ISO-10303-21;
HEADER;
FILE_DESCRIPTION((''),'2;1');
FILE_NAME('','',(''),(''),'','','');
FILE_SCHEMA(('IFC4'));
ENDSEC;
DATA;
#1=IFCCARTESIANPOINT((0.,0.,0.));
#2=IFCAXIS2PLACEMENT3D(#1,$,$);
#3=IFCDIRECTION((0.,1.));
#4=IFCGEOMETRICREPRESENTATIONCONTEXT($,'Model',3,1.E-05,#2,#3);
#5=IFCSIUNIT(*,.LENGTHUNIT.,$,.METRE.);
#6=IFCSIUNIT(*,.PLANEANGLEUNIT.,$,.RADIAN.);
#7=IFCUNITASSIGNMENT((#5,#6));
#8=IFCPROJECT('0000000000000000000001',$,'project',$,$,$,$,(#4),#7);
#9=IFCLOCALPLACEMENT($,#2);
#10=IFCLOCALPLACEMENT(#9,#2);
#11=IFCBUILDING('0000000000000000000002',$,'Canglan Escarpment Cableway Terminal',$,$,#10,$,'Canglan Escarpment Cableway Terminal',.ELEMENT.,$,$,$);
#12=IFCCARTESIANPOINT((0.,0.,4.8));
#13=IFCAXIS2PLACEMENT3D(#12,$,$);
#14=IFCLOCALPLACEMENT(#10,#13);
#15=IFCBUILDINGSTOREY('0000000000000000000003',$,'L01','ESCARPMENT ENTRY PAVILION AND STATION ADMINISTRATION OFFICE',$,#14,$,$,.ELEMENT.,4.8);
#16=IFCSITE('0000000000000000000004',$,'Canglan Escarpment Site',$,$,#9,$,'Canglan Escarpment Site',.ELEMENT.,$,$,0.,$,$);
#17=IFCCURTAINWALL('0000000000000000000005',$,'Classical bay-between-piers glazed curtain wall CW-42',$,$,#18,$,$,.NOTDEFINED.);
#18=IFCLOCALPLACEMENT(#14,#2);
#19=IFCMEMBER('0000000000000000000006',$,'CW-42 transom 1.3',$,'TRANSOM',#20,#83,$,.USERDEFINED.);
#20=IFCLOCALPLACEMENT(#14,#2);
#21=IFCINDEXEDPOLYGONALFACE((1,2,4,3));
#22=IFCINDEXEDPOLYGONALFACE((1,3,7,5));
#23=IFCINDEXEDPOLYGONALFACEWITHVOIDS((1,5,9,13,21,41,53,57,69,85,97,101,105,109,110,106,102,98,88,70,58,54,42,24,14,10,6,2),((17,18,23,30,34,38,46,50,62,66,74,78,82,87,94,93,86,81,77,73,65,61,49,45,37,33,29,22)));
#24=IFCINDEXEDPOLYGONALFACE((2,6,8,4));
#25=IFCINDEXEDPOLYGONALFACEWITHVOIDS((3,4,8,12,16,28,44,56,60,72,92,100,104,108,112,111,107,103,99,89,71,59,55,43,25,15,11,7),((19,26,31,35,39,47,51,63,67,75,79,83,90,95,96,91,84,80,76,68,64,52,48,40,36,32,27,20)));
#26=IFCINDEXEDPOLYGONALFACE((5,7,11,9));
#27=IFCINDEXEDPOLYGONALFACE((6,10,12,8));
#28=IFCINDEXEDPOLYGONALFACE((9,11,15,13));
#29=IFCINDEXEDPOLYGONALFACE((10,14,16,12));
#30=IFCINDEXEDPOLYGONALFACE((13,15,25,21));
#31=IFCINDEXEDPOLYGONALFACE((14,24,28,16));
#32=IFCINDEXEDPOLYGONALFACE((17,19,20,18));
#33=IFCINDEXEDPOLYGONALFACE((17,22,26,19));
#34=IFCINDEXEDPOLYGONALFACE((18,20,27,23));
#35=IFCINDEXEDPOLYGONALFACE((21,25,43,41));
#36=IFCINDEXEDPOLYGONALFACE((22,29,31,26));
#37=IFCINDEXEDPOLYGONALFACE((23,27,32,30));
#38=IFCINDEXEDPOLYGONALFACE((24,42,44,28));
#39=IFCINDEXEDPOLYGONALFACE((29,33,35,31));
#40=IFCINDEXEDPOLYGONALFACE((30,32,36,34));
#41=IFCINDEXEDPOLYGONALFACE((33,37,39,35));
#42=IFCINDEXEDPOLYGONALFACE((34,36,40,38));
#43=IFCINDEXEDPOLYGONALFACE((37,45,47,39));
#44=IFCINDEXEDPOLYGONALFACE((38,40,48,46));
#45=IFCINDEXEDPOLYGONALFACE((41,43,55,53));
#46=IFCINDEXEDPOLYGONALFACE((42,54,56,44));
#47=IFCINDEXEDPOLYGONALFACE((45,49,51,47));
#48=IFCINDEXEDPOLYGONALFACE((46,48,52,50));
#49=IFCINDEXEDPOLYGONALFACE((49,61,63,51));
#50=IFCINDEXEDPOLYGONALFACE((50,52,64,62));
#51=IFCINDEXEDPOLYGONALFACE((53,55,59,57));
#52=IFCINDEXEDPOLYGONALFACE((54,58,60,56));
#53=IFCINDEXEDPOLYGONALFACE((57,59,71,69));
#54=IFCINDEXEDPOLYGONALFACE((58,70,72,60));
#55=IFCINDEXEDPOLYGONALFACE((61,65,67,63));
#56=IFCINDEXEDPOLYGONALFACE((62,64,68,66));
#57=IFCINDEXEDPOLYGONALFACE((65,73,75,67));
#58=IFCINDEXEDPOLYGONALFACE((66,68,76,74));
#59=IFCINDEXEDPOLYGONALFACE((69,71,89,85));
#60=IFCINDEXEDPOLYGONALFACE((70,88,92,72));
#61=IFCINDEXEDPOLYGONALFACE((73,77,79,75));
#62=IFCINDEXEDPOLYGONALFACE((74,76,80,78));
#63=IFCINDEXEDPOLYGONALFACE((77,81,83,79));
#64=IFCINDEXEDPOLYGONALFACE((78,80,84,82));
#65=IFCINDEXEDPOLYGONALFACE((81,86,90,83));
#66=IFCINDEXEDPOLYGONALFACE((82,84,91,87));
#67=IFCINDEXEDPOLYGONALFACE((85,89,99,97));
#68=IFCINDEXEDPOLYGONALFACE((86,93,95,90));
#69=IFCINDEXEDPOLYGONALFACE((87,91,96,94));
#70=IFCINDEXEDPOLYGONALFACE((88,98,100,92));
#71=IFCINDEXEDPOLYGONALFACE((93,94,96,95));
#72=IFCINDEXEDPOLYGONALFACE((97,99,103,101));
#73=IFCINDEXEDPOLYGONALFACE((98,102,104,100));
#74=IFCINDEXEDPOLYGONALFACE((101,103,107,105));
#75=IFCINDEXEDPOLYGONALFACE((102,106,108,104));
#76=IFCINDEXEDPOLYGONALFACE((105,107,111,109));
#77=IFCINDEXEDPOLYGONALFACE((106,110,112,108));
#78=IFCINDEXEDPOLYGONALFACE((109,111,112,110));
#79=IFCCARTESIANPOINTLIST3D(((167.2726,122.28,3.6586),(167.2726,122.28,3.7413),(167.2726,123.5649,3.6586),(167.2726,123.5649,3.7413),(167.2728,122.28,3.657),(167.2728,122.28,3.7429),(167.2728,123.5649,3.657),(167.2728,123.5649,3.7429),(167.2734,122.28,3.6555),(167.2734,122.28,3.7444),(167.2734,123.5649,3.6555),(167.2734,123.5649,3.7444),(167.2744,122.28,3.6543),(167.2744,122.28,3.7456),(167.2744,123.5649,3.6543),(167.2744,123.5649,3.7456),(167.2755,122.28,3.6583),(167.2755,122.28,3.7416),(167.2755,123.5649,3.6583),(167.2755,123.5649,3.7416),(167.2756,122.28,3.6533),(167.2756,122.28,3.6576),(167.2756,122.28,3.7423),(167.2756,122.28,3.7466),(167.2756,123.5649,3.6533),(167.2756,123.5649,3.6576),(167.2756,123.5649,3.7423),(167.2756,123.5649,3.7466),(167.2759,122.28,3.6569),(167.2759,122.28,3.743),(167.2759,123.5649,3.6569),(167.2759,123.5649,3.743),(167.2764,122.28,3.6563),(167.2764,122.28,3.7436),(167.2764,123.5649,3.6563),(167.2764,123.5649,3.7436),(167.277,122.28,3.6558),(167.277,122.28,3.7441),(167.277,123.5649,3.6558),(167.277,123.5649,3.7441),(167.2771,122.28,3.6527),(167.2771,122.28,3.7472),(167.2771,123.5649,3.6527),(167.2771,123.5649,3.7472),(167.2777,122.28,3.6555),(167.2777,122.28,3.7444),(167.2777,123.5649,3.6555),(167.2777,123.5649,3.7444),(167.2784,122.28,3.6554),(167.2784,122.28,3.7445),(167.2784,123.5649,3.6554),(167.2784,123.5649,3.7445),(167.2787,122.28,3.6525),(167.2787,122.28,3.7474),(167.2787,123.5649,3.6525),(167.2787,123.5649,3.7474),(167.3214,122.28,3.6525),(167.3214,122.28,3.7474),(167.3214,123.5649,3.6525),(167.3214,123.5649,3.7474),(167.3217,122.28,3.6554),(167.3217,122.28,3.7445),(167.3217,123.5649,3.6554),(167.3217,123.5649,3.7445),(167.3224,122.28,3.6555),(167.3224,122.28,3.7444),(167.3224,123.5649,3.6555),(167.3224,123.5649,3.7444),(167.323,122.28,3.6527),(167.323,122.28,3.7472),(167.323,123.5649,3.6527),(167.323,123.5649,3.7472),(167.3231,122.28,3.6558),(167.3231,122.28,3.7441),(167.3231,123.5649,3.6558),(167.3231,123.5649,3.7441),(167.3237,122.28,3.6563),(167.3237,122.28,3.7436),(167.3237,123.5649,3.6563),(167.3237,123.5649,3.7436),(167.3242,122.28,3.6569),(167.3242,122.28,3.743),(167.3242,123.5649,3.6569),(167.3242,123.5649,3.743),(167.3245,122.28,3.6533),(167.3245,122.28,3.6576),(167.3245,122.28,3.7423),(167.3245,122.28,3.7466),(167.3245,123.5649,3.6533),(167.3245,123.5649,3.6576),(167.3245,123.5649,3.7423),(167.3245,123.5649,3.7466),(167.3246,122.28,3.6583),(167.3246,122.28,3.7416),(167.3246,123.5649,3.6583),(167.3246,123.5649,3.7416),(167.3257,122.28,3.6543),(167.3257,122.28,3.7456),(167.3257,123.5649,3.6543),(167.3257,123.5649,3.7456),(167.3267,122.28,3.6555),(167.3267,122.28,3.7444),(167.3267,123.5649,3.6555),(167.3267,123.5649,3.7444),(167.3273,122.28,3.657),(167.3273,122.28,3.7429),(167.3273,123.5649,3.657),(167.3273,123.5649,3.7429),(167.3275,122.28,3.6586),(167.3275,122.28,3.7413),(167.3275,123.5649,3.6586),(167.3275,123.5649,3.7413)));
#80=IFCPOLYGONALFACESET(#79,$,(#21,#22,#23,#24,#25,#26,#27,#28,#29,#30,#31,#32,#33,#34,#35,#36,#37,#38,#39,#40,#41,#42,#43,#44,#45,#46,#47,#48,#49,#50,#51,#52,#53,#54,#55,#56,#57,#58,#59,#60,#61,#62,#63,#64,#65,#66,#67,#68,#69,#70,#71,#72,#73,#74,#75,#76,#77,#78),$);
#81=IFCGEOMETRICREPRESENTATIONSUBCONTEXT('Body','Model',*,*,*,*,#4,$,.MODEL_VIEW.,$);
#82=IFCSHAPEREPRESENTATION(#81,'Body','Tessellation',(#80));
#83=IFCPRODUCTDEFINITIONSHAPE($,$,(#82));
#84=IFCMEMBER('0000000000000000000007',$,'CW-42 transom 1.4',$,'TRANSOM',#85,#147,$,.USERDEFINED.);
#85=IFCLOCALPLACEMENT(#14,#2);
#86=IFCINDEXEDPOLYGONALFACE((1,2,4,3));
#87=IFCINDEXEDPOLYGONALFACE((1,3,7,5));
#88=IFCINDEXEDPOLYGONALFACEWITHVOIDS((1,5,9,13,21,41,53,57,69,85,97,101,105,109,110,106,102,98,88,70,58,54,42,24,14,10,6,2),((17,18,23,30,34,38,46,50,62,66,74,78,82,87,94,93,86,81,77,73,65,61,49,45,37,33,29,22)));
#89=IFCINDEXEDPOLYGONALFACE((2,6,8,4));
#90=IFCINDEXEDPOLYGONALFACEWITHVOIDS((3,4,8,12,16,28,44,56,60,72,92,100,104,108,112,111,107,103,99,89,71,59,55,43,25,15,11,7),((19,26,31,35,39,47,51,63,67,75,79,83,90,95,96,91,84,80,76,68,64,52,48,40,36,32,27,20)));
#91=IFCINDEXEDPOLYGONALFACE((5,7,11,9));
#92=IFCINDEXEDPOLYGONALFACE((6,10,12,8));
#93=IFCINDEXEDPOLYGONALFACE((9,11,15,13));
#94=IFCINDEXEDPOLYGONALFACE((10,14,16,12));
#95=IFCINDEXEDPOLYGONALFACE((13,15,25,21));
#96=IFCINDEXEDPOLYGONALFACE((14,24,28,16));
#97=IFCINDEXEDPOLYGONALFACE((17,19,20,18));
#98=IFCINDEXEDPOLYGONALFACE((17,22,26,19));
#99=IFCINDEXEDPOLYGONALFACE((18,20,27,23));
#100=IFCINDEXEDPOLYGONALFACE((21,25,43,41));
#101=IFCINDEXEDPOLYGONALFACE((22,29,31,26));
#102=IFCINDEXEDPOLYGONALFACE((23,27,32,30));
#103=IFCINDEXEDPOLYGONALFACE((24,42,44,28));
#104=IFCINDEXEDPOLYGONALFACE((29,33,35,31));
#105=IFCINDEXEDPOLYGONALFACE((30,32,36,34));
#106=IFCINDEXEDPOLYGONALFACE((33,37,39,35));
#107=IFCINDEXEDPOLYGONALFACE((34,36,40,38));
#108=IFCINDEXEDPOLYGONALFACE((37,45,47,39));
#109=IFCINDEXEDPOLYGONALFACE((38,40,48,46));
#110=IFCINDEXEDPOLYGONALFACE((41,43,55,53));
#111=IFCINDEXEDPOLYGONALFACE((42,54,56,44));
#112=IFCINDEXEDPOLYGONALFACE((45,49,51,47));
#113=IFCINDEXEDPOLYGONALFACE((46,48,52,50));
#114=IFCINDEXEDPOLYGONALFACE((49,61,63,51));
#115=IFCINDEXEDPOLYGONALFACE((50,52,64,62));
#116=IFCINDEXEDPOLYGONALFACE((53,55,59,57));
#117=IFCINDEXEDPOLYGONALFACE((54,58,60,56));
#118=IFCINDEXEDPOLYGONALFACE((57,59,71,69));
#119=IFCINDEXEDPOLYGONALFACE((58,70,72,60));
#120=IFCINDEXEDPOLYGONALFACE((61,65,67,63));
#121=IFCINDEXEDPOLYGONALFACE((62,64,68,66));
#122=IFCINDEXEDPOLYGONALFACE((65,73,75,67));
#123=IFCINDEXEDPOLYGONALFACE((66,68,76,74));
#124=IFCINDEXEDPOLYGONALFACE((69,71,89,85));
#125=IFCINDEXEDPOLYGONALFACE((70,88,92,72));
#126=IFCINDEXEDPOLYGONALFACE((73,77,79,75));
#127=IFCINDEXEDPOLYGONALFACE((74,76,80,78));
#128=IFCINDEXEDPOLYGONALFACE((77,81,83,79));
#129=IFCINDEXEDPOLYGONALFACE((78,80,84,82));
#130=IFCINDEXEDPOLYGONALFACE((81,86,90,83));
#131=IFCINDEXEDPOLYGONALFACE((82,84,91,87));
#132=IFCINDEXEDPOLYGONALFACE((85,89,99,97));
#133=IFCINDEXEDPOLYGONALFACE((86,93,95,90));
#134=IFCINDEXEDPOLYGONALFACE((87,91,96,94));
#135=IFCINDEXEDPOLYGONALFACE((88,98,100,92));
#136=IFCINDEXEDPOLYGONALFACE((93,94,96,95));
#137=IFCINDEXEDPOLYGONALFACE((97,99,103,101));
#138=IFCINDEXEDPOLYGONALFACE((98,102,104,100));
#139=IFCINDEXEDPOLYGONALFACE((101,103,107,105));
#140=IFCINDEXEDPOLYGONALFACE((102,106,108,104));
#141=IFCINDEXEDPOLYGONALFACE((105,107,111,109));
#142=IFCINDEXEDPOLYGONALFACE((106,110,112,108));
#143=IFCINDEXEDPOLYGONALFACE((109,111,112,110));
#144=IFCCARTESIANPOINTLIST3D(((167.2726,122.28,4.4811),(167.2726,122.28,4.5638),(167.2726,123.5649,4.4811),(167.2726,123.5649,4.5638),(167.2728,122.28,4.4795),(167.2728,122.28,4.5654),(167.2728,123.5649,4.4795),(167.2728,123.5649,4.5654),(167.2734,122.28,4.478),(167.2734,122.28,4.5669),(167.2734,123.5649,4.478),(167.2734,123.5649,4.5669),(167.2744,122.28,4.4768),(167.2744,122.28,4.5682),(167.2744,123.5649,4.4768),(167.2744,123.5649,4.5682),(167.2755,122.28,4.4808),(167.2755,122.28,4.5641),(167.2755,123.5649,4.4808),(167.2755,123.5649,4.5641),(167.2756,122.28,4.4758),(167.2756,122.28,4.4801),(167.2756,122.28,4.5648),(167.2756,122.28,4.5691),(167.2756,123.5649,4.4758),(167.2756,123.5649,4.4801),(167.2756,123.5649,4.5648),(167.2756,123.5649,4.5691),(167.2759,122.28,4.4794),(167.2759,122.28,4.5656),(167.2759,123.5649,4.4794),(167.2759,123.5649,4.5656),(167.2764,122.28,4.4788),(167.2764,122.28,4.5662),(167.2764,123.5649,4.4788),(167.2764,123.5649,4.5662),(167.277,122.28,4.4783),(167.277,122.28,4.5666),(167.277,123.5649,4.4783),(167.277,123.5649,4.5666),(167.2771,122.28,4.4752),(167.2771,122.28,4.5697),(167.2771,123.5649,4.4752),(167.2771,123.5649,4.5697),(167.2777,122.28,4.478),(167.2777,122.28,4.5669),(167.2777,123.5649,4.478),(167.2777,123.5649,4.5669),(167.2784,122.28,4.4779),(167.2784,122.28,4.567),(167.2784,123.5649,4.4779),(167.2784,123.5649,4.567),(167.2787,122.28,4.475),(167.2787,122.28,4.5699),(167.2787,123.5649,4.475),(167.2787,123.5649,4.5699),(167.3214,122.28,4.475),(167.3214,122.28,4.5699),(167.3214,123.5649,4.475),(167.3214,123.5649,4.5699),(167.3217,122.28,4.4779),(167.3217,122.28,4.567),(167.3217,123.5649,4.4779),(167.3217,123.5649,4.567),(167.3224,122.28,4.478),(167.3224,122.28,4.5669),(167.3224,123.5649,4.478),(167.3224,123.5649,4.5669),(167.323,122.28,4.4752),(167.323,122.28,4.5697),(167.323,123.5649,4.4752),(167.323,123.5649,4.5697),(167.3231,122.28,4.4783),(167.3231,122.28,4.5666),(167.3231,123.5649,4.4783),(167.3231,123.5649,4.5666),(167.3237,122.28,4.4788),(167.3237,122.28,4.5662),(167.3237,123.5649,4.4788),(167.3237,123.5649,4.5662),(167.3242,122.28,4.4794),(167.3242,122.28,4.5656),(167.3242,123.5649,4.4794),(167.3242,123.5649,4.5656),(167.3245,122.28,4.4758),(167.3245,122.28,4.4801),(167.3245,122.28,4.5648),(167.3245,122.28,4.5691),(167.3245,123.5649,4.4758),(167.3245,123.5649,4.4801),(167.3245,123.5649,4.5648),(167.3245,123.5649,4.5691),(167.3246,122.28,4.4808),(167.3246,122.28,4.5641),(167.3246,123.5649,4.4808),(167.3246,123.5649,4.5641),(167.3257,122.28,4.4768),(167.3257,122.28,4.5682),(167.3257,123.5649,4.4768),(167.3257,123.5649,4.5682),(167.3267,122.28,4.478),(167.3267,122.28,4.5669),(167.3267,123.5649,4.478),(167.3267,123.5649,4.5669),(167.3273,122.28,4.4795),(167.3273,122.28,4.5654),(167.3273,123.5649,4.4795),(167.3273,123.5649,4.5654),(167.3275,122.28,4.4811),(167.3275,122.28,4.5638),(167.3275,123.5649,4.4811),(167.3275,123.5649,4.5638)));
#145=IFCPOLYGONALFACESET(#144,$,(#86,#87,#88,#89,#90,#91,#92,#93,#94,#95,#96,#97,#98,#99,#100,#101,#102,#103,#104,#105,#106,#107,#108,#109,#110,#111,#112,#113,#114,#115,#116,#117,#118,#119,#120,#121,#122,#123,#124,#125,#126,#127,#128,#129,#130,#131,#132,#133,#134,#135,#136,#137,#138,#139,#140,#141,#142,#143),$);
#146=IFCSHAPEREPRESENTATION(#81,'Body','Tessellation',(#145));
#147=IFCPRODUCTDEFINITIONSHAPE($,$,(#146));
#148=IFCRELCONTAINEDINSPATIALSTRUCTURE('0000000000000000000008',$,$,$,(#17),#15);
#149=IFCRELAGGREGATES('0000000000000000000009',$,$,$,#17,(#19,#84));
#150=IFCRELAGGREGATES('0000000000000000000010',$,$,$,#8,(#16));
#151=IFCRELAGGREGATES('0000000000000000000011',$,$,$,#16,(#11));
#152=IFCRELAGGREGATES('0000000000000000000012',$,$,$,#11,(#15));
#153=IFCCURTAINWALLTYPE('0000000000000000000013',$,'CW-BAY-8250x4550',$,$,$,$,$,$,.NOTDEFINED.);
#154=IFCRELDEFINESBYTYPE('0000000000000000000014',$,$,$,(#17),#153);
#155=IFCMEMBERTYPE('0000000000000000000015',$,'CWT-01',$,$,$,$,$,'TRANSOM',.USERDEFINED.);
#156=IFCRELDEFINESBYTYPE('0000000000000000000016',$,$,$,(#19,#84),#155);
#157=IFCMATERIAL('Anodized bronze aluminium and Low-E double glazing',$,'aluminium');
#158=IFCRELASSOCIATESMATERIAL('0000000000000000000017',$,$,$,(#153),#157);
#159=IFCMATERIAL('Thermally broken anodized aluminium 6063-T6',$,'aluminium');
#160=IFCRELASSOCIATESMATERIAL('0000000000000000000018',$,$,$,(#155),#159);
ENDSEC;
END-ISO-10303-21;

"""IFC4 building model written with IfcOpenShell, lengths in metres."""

from ifc_helpers import new_model, si_unit, direction, frame, origin, origin_2d, place, context, subcontext, project, spatial, hollow_rectangle, extrude, material, material_profile, profile_set, type_object, element, aggregate, save


model = new_model("IFC4")

# Units and contexts
model_context = context("Model", 3, precision=1e-05, world=origin(), true_north=direction((0.0, 1.0)))
body_context = subcontext(model_context, "Body", "Model", "MODEL_VIEW")
ifc_project = project(units=[si_unit("LENGTHUNIT", "METRE"), si_unit("PLANEANGLEUNIT", "RADIAN")], contexts=[model_context])

# Site, building, storey
site_placement = place(None, origin())
site = spatial("IfcSite", under=ifc_project, at=site_placement, Name="Canglan Escarpment Site", LongName="Canglan Escarpment Site", CompositionType="ELEMENT", RefElevation=0.0)
building_placement = place(site_placement, origin())
building = spatial("IfcBuilding", under=site, at=building_placement, Name="Canglan Escarpment Cableway Terminal", LongName="Canglan Escarpment Cableway Terminal", CompositionType="ELEMENT")
storey_placement = place(building_placement, frame((0.0, 0.0, 4.8)))
storey = spatial("IfcBuildingStorey", under=building, at=storey_placement, Name="L01", Description="ESCARPMENT ENTRY PAVILION AND STATION ADMINISTRATION OFFICE", CompositionType="ELEMENT", Elevation=4.8)

# Curtain wall, members
ifc_material_1 = material(Name="Anodized bronze aluminium and Low-E double glazing", Category="aluminium")
curtain_wall_type = type_object("IfcCurtainWallType", Name="CW-BAY-8250x4550", PredefinedType="NOTDEFINED", material=ifc_material_1)
curtain_wall_placement = place(storey_placement, origin())
curtain_wall = element("IfcCurtainWall", 1, at=curtain_wall_placement, inside=storey, type_object=curtain_wall_type, Name="Classical bay-between-piers glazed curtain wall CW-42", PredefinedType="NOTDEFINED")
ifc_material_2 = material(Name="Thermally broken anodized aluminium 6063-T6", Category="aluminium")
ifc_material_profile_1 = material_profile(ifc_material_2, hollow_rectangle(XDim=0.0549, YDim=0.095, WallThickness=0.0029, InnerFilletRadius=0.0029, OuterFilletRadius=0.0061, at=origin_2d()), Name="ALU-TRAN 55x95x3")
ifc_profile_set_1 = profile_set([ifc_material_profile_1], Name="Thermally broken anodized aluminium 6063-T6")
member_type_1 = type_object("IfcMemberType", Name="CWT-01", ElementType="TRANSOM", PredefinedType="USERDEFINED", material=ifc_profile_set_1)
member_1_placement = place(storey_placement, frame((167.3, 123.5649, 3.7), z_axis=(0.0, -1.0, 0.0), x_axis=(1.0, 0.0, 0.0)))
member_1 = element("IfcMember", 2, at=member_1_placement, type_object=member_type_1, Name="CW-42 transom 1.3", ObjectType="TRANSOM", PredefinedType="USERDEFINED", context=body_context, shape_type="SweptSolid", body=[
    extrude(hollow_rectangle(XDim=0.0549, YDim=0.095, WallThickness=0.0029, InnerFilletRadius=0.0029, OuterFilletRadius=0.0061, at=origin_2d()), origin(), (0.0, 0.0, 1.0), 1.2849),
])
member_2_placement = place(storey_placement, frame((167.3, 123.5649, 4.5225), z_axis=(0.0, -1.0, 0.0), x_axis=(1.0, 0.0, 0.0)))
member_2 = element("IfcMember", 3, at=member_2_placement, type_object=member_type_1, Name="CW-42 transom 1.4", ObjectType="TRANSOM", PredefinedType="USERDEFINED", context=body_context, shape_type="SweptSolid", body=[
    extrude(hollow_rectangle(XDim=0.0549, YDim=0.095, WallThickness=0.0029, InnerFilletRadius=0.0029, OuterFilletRadius=0.0061, at=origin_2d()), origin(), (0.0, 0.0, 1.0), 1.2849),
])

aggregate(curtain_wall, [member_1, member_2])

save(model, "model.ifc")
